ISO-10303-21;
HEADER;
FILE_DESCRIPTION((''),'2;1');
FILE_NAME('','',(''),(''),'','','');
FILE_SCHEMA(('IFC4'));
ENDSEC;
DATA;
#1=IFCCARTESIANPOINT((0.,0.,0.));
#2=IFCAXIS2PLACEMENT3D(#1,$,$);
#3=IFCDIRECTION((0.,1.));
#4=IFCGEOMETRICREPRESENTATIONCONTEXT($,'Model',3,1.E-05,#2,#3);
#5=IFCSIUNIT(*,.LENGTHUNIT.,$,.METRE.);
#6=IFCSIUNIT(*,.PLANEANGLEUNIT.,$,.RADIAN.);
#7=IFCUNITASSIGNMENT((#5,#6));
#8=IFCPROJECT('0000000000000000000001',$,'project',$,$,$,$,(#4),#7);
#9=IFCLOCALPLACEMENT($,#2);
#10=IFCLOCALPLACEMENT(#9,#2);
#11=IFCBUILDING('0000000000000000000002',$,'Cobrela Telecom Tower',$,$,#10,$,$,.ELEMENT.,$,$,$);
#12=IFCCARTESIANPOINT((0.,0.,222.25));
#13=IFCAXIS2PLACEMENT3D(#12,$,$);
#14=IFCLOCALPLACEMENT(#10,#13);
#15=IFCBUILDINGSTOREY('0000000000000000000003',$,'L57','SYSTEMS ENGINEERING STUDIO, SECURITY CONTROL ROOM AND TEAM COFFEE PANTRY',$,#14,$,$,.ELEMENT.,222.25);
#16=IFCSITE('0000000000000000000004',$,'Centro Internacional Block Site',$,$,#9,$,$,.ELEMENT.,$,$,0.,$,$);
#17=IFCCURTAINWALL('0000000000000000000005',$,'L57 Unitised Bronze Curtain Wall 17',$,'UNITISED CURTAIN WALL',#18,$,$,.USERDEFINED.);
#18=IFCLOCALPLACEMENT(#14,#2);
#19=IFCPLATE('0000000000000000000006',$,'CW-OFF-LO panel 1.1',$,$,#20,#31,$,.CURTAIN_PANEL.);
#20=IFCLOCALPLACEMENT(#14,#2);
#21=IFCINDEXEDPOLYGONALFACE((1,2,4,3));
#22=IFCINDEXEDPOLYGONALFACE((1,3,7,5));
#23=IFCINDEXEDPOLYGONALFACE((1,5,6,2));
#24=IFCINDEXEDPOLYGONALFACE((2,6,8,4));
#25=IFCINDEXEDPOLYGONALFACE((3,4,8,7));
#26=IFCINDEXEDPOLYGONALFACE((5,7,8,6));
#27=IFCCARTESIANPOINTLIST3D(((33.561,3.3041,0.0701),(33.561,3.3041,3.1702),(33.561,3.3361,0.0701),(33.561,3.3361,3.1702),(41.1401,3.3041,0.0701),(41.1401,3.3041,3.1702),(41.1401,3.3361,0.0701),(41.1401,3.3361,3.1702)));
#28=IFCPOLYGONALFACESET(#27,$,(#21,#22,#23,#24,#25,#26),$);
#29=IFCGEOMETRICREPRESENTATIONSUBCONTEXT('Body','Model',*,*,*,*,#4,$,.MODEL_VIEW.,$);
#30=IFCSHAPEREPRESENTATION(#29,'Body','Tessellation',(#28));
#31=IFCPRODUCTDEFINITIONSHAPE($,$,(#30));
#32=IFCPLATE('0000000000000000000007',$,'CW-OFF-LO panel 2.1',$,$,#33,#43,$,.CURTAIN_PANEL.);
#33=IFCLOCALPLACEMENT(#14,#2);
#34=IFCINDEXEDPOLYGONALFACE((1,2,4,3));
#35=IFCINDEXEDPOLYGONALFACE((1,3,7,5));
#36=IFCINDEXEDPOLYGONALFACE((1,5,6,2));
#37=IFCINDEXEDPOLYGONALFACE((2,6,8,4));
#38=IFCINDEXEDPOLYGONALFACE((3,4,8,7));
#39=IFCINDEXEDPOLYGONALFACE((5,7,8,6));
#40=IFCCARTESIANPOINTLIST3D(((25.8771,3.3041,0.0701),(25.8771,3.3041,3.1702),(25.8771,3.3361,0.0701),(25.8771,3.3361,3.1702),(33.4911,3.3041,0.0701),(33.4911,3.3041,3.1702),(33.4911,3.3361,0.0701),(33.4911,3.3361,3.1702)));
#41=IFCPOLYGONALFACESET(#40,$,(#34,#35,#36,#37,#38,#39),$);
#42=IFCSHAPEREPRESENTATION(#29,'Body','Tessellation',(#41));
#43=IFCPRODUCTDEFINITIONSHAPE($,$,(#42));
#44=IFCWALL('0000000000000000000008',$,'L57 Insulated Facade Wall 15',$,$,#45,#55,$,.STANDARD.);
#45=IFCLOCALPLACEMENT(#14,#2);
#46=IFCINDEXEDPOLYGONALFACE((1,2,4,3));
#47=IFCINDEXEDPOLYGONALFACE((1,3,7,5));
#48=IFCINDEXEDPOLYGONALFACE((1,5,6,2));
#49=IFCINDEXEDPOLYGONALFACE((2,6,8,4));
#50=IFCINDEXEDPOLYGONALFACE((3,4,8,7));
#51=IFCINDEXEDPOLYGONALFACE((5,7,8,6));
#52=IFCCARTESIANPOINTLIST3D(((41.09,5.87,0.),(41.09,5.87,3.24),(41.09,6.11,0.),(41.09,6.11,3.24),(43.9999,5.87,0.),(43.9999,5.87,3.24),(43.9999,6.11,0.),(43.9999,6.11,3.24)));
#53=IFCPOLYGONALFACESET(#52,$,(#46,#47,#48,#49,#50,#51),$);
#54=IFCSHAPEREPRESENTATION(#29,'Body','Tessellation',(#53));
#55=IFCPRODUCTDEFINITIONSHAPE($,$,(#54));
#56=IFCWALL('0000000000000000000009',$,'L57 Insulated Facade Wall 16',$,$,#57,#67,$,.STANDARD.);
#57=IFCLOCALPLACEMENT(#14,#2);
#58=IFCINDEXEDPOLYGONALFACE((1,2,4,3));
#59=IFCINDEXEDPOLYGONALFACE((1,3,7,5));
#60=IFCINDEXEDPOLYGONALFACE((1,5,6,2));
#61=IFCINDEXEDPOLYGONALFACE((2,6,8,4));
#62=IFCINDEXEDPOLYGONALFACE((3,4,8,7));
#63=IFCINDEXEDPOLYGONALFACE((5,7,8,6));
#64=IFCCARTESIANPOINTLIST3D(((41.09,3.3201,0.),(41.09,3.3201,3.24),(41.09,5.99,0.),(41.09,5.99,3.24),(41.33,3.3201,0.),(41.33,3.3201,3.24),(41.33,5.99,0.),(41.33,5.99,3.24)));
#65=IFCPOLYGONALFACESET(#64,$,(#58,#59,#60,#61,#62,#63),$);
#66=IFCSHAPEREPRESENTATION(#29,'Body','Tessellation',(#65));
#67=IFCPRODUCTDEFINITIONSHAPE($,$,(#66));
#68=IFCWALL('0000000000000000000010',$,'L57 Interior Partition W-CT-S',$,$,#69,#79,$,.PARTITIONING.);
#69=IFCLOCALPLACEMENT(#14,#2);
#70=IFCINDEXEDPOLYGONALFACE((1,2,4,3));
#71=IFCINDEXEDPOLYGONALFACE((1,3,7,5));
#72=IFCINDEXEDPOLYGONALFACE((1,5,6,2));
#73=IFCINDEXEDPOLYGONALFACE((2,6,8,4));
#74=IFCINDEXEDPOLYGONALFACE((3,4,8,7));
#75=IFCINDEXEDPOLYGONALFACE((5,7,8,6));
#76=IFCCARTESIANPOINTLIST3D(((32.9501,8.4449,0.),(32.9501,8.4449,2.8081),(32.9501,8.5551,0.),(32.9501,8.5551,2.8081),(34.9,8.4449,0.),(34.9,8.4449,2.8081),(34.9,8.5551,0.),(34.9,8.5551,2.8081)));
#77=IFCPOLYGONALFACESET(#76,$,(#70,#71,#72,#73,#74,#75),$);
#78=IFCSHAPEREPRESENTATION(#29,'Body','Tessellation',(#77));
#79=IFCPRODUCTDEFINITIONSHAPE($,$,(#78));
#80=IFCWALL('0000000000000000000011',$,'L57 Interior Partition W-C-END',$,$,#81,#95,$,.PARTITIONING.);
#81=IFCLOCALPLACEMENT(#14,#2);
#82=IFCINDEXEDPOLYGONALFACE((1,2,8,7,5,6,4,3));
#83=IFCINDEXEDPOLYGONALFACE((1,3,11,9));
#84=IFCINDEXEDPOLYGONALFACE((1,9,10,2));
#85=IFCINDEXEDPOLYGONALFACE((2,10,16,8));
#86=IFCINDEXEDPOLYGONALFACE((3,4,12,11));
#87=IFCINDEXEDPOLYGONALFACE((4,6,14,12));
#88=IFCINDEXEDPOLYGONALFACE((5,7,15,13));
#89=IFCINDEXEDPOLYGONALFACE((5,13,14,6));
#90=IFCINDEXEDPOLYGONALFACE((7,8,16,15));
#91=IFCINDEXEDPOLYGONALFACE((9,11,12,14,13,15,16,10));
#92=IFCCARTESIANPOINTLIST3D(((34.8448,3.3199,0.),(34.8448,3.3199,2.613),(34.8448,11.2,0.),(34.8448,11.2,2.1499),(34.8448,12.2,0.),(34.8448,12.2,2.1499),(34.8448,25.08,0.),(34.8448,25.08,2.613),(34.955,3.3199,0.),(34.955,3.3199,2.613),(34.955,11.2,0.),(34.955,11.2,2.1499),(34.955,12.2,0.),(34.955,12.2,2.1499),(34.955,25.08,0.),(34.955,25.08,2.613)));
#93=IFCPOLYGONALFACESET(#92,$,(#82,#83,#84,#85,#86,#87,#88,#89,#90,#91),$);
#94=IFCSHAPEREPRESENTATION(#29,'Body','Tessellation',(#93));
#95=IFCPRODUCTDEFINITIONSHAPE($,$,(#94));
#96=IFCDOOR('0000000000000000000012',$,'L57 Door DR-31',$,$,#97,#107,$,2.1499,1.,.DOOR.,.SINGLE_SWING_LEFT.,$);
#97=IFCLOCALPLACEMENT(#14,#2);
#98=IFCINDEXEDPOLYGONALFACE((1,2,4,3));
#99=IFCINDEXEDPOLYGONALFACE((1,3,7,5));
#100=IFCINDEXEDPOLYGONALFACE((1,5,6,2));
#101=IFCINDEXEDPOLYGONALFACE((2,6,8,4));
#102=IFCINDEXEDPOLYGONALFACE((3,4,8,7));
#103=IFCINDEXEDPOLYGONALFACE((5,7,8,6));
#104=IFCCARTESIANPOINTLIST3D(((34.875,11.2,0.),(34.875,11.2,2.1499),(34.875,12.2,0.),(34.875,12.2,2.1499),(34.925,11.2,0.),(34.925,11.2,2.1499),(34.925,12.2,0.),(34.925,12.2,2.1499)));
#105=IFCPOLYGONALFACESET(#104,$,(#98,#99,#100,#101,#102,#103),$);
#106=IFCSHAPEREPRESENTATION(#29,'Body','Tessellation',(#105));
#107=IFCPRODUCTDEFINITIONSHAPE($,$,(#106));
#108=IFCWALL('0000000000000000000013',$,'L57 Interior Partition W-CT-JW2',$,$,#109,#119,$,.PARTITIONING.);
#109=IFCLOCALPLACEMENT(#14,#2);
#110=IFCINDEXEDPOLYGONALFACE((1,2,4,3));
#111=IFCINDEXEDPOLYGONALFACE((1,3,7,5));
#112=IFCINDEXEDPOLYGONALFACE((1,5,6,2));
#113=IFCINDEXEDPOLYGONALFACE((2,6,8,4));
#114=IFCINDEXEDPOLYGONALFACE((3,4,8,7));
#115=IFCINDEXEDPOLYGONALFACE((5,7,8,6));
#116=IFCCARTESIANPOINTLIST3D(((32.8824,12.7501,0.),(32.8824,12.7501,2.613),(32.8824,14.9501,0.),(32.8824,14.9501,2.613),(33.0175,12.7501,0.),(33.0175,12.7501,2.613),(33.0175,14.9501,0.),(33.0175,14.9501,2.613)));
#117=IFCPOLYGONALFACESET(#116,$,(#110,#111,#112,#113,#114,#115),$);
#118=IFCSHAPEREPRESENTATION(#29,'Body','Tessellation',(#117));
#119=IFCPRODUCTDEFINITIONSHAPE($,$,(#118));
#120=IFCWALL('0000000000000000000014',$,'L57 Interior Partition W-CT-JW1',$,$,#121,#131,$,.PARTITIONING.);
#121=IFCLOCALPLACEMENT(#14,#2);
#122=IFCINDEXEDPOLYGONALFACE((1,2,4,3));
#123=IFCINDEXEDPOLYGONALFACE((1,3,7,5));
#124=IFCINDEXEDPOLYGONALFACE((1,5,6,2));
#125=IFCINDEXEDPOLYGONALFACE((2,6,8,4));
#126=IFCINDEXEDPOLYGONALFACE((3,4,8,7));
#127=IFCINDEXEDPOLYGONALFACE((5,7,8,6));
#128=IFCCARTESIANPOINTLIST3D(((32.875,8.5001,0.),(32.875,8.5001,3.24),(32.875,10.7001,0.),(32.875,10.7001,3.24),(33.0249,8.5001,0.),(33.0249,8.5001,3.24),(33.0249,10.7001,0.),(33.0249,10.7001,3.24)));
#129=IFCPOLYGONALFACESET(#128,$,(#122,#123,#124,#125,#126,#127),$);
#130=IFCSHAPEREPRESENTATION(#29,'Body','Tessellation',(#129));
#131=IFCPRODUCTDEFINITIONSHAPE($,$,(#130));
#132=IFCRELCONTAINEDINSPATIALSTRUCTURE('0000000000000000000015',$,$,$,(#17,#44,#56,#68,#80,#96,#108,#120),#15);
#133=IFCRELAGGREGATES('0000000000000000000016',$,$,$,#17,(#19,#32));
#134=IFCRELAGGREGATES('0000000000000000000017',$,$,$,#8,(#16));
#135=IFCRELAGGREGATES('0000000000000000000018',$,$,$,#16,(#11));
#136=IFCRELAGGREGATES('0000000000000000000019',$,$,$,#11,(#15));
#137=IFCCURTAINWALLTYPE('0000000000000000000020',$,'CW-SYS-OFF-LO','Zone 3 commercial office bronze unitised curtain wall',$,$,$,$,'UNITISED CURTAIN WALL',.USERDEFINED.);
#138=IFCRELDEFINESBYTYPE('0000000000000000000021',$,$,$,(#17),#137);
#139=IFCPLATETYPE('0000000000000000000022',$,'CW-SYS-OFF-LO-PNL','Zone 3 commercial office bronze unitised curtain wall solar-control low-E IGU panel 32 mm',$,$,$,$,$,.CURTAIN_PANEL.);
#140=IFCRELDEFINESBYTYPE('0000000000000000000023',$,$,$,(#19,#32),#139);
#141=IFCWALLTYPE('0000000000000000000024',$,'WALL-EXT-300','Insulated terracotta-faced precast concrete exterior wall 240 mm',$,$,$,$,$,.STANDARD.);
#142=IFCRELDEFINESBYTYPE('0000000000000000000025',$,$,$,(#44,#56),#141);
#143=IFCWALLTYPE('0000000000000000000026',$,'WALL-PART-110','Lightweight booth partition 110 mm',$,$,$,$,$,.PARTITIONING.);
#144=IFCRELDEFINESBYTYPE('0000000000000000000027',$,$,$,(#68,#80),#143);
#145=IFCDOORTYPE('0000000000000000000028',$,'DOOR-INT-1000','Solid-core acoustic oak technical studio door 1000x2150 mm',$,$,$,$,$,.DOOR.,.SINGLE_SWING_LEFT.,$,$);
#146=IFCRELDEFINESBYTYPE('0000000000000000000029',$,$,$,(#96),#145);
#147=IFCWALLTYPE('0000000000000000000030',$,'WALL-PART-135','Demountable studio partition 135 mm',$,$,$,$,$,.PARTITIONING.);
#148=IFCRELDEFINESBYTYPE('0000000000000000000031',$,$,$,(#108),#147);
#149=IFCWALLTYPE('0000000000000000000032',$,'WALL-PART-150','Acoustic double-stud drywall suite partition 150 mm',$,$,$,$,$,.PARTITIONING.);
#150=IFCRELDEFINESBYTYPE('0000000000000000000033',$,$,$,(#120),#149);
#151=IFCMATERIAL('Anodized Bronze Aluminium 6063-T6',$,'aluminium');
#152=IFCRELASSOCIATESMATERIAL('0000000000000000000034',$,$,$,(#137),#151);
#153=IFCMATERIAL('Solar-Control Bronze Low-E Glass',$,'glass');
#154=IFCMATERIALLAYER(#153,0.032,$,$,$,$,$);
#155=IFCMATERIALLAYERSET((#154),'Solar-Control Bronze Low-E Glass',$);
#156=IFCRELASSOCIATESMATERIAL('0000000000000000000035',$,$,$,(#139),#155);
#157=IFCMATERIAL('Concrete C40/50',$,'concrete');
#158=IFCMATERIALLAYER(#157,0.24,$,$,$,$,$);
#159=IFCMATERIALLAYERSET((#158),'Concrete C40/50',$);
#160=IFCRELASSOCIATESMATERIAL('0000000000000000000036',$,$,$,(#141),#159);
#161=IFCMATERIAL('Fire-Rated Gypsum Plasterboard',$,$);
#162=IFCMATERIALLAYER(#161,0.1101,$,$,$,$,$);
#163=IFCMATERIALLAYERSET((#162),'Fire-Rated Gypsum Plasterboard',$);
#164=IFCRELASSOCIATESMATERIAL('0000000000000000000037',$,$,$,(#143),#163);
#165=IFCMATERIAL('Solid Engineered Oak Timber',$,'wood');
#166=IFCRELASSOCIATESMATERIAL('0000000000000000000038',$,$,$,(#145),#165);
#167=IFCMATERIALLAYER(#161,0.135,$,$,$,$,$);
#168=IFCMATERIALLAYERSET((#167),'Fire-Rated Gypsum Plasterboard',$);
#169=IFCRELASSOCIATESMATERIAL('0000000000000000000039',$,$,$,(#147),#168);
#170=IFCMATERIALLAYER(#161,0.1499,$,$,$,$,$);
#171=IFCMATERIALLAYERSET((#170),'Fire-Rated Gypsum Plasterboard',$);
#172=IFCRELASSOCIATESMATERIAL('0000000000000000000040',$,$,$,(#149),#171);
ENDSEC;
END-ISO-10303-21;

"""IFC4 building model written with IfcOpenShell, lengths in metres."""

from ifc_helpers import new_model, si_unit, direction, frame, frame_2d, origin, origin_2d, place, context, subcontext, project, spatial, rectangle, extrude, material, layer, layer_set, type_object, element, fill, aggregate, save


model = new_model("IFC4")

# Units and contexts
model_context = context("Model", 3, precision=1e-05, world=origin(), true_north=direction((0.0, 1.0)))
body_context = subcontext(model_context, "Body", "Model", "MODEL_VIEW")
ifc_project = project(units=[si_unit("LENGTHUNIT", "METRE"), si_unit("PLANEANGLEUNIT", "RADIAN")], contexts=[model_context])

# Site, building, storey
site_placement = place(None, origin())
site = spatial("IfcSite", under=ifc_project, at=site_placement, Name="Centro Internacional Block Site", CompositionType="ELEMENT", RefElevation=0.0)
building_placement = place(site_placement, origin())
building = spatial("IfcBuilding", under=site, at=building_placement, Name="Cobrela Telecom Tower", CompositionType="ELEMENT")
storey_placement = place(building_placement, frame((0.0, 0.0, 222.25)))
storey = spatial("IfcBuildingStorey", under=building, at=storey_placement, Name="L57", Description="SYSTEMS ENGINEERING STUDIO, SECURITY CONTROL ROOM AND TEAM COFFEE PANTRY", CompositionType="ELEMENT", Elevation=222.25)

# Curtain wall
ifc_material_1 = material(Name="Anodized Bronze Aluminium 6063-T6", Category="aluminium")
curtain_wall_type = type_object("IfcCurtainWallType", Name="CW-SYS-OFF-LO", Description="Zone 3 commercial office bronze unitised curtain wall", ElementType="UNITISED CURTAIN WALL", PredefinedType="USERDEFINED", material=ifc_material_1)
curtain_wall_1_placement = place(storey_placement, origin())
curtain_wall_1 = element("IfcCurtainWall", 1, at=curtain_wall_1_placement, inside=storey, type_object=curtain_wall_type, Name="L57 Unitised Bronze Curtain Wall 17", ObjectType="UNITISED CURTAIN WALL", PredefinedType="USERDEFINED")

# Plates
ifc_material_2 = material(Name="Solar-Control Bronze Low-E Glass", Category="glass")
ifc_layer_1 = layer(ifc_material_2, 0.032)
ifc_layer_set_1 = layer_set([ifc_layer_1], Name="Solar-Control Bronze Low-E Glass")
plate_type = type_object("IfcPlateType", Name="CW-SYS-OFF-LO-PNL", Description="Zone 3 commercial office bronze unitised curtain wall solar-control low-E IGU panel 32 mm", PredefinedType="CURTAIN_PANEL", material=ifc_layer_set_1)
plate_1_placement = place(storey_placement, frame((37.3506, 3.3201, 0.0701), z_axis=(0.0, 0.0, 1.0), x_axis=(-1.0, 0.0, 0.0)))
plate_1 = element("IfcPlate", 2, at=plate_1_placement, type_object=plate_type, Name="CW-OFF-LO panel 1.1", PredefinedType="CURTAIN_PANEL", context=body_context, shape_type="SweptSolid", body=[
    extrude(rectangle(XDim=7.5791, YDim=0.032, at=origin_2d()), origin(), (0.0, 0.0, 1.0), 3.1001),
])
plate_2_placement = place(storey_placement, frame((29.6841, 3.3201, 0.0701), z_axis=(0.0, 0.0, 1.0), x_axis=(-1.0, 0.0, 0.0)))
plate_2 = element("IfcPlate", 3, at=plate_2_placement, type_object=plate_type, Name="CW-OFF-LO panel 2.1", PredefinedType="CURTAIN_PANEL", context=body_context, shape_type="SweptSolid", body=[
    extrude(rectangle(XDim=7.614, YDim=0.032, at=origin_2d()), origin(), (0.0, 0.0, 1.0), 3.1001),
])
aggregate(curtain_wall_1, [plate_1, plate_2])

# Walls
ifc_material_3 = material(Name="Concrete C40/50", Category="concrete")
ifc_layer_2 = layer(ifc_material_3, 0.24)
ifc_layer_set_2 = layer_set([ifc_layer_2], Name="Concrete C40/50")
wall_type_1 = type_object("IfcWallType", Name="WALL-EXT-300", Description="Insulated terracotta-faced precast concrete exterior wall 240 mm", PredefinedType="STANDARD", material=ifc_layer_set_2)
wall_1_placement = place(storey_placement, frame((44.0, 5.99, 0.0), z_axis=(0.0, 0.0, 1.0), x_axis=(-1.0, 0.0, 0.0)))
element("IfcWall", 4, at=wall_1_placement, inside=storey, type_object=wall_type_1, Name="L57 Insulated Facade Wall 15", PredefinedType="STANDARD", context=body_context, shape_type="SweptSolid", body=[
    extrude(rectangle(XDim=2.9099, YDim=0.24, at=frame_2d((1.4551, 0.0))), origin(), (0.0, 0.0, 1.0), 3.24),
])
wall_2_placement = place(storey_placement, frame((41.21, 5.99, 0.0), z_axis=(0.0, 0.0, 1.0), x_axis=(0.0, -1.0, 0.0)))
element("IfcWall", 5, at=wall_2_placement, inside=storey, type_object=wall_type_1, Name="L57 Insulated Facade Wall 16", PredefinedType="STANDARD", context=body_context, shape_type="SweptSolid", body=[
    extrude(rectangle(XDim=2.6699, YDim=0.24, at=frame_2d((1.335, 0.0))), origin(), (0.0, 0.0, 1.0), 3.24),
])
ifc_material_4 = material(Name="Fire-Rated Gypsum Plasterboard")
ifc_layer_3 = layer(ifc_material_4, 0.1101)
ifc_layer_set_3 = layer_set([ifc_layer_3], Name="Fire-Rated Gypsum Plasterboard")
wall_type_2 = type_object("IfcWallType", Name="WALL-PART-110", Description="Lightweight booth partition 110 mm", PredefinedType="PARTITIONING", material=ifc_layer_set_3)
wall_3_placement = place(storey_placement, frame((32.95, 8.5, 0.0), z_axis=(0.0, 0.0, 1.0), x_axis=(1.0, 0.0, 0.0)))
element("IfcWall", 6, at=wall_3_placement, inside=storey, type_object=wall_type_2, Name="L57 Interior Partition W-CT-S", PredefinedType="PARTITIONING", context=body_context, shape_type="SweptSolid", body=[
    extrude(rectangle(XDim=1.95, YDim=0.1101, at=frame_2d((0.9751, 0.0))), origin(), (0.0, 0.0, 1.0), 2.8081),
])

# Wall, opening, door
wall_4_placement = place(storey_placement, frame((34.8999, 3.3201, 0.0), z_axis=(0.0, 0.0, 1.0), x_axis=(0.0, 1.0, 0.0)))
wall_4 = element("IfcWall", 7, at=wall_4_placement, inside=storey, type_object=wall_type_2, Name="L57 Interior Partition W-C-END", PredefinedType="PARTITIONING", context=body_context, shape_type="SweptSolid", body=[
    extrude(rectangle(XDim=21.76, YDim=0.1101, at=frame_2d((10.8799, 0.0))), origin(), (0.0, 0.0, 1.0), 2.613),
])
opening_placement = place(wall_4_placement, frame((7.8799, 0.0, 0.0)))
opening = element("IfcOpeningElement", 8, at=opening_placement, cuts=wall_4, PredefinedType="OPENING", context=body_context, shape_type="SweptSolid", body=[
    extrude(rectangle(XDim=1.0, YDim=2.1499, at=frame_2d((0.5, 1.075))), frame((0.0, 0.0669, 0.0), z_axis=(0.0, -1.0, 0.0), x_axis=(1.0, 0.0, 0.0)), (0.0, 0.0, 1.0), 0.134),
])
ifc_material_5 = material(Name="Solid Engineered Oak Timber", Category="wood")
door_type = type_object("IfcDoorType", Name="DOOR-INT-1000", Description="Solid-core acoustic oak technical studio door 1000x2150 mm", OperationType="SINGLE_SWING_LEFT", PredefinedType="DOOR", material=ifc_material_5)
door_placement = place(opening_placement, origin())
door = element("IfcDoor", 9, at=door_placement, inside=storey, type_object=door_type, Name="L57 Door DR-31", OperationType="SINGLE_SWING_LEFT", OverallHeight=2.1499, OverallWidth=1.0, PredefinedType="DOOR", context=body_context, shape_type="SweptSolid", body=[
    extrude(rectangle(XDim=1.0, YDim=2.1499, at=frame_2d((0.5, 1.075))), frame((0.0, 0.0249, 0.0), z_axis=(0.0, -1.0, 0.0), x_axis=(1.0, 0.0, 0.0)), (0.0, 0.0, 1.0), 0.05),
])
fill(opening, door)

# Walls
ifc_layer_4 = layer(ifc_material_4, 0.135)
ifc_layer_set_4 = layer_set([ifc_layer_4], Name="Fire-Rated Gypsum Plasterboard")
wall_type_3 = type_object("IfcWallType", Name="WALL-PART-135", Description="Demountable studio partition 135 mm", PredefinedType="PARTITIONING", material=ifc_layer_set_4)
wall_5_placement = place(storey_placement, frame((32.95, 12.75, 0.0), z_axis=(0.0, 0.0, 1.0), x_axis=(0.0, 1.0, 0.0)))
element("IfcWall", 10, at=wall_5_placement, inside=storey, type_object=wall_type_3, Name="L57 Interior Partition W-CT-JW2", PredefinedType="PARTITIONING", context=body_context, shape_type="SweptSolid", body=[
    extrude(rectangle(XDim=2.2, YDim=0.135, at=frame_2d((1.1001, 0.0))), origin(), (0.0, 0.0, 1.0), 2.613),
])
ifc_layer_5 = layer(ifc_material_4, 0.1499)
ifc_layer_set_5 = layer_set([ifc_layer_5], Name="Fire-Rated Gypsum Plasterboard")
wall_type_4 = type_object("IfcWallType", Name="WALL-PART-150", Description="Acoustic double-stud drywall suite partition 150 mm", PredefinedType="PARTITIONING", material=ifc_layer_set_5)
wall_6_placement = place(storey_placement, frame((32.95, 8.5, 0.0), z_axis=(0.0, 0.0, 1.0), x_axis=(0.0, 1.0, 0.0)))
element("IfcWall", 11, at=wall_6_placement, inside=storey, type_object=wall_type_4, Name="L57 Interior Partition W-CT-JW1", PredefinedType="PARTITIONING", context=body_context, shape_type="SweptSolid", body=[
    extrude(rectangle(XDim=2.2, YDim=0.1499, at=frame_2d((1.1001, 0.0))), origin(), (0.0, 0.0, 1.0), 3.24),
])

save(model, "model.ifc")
